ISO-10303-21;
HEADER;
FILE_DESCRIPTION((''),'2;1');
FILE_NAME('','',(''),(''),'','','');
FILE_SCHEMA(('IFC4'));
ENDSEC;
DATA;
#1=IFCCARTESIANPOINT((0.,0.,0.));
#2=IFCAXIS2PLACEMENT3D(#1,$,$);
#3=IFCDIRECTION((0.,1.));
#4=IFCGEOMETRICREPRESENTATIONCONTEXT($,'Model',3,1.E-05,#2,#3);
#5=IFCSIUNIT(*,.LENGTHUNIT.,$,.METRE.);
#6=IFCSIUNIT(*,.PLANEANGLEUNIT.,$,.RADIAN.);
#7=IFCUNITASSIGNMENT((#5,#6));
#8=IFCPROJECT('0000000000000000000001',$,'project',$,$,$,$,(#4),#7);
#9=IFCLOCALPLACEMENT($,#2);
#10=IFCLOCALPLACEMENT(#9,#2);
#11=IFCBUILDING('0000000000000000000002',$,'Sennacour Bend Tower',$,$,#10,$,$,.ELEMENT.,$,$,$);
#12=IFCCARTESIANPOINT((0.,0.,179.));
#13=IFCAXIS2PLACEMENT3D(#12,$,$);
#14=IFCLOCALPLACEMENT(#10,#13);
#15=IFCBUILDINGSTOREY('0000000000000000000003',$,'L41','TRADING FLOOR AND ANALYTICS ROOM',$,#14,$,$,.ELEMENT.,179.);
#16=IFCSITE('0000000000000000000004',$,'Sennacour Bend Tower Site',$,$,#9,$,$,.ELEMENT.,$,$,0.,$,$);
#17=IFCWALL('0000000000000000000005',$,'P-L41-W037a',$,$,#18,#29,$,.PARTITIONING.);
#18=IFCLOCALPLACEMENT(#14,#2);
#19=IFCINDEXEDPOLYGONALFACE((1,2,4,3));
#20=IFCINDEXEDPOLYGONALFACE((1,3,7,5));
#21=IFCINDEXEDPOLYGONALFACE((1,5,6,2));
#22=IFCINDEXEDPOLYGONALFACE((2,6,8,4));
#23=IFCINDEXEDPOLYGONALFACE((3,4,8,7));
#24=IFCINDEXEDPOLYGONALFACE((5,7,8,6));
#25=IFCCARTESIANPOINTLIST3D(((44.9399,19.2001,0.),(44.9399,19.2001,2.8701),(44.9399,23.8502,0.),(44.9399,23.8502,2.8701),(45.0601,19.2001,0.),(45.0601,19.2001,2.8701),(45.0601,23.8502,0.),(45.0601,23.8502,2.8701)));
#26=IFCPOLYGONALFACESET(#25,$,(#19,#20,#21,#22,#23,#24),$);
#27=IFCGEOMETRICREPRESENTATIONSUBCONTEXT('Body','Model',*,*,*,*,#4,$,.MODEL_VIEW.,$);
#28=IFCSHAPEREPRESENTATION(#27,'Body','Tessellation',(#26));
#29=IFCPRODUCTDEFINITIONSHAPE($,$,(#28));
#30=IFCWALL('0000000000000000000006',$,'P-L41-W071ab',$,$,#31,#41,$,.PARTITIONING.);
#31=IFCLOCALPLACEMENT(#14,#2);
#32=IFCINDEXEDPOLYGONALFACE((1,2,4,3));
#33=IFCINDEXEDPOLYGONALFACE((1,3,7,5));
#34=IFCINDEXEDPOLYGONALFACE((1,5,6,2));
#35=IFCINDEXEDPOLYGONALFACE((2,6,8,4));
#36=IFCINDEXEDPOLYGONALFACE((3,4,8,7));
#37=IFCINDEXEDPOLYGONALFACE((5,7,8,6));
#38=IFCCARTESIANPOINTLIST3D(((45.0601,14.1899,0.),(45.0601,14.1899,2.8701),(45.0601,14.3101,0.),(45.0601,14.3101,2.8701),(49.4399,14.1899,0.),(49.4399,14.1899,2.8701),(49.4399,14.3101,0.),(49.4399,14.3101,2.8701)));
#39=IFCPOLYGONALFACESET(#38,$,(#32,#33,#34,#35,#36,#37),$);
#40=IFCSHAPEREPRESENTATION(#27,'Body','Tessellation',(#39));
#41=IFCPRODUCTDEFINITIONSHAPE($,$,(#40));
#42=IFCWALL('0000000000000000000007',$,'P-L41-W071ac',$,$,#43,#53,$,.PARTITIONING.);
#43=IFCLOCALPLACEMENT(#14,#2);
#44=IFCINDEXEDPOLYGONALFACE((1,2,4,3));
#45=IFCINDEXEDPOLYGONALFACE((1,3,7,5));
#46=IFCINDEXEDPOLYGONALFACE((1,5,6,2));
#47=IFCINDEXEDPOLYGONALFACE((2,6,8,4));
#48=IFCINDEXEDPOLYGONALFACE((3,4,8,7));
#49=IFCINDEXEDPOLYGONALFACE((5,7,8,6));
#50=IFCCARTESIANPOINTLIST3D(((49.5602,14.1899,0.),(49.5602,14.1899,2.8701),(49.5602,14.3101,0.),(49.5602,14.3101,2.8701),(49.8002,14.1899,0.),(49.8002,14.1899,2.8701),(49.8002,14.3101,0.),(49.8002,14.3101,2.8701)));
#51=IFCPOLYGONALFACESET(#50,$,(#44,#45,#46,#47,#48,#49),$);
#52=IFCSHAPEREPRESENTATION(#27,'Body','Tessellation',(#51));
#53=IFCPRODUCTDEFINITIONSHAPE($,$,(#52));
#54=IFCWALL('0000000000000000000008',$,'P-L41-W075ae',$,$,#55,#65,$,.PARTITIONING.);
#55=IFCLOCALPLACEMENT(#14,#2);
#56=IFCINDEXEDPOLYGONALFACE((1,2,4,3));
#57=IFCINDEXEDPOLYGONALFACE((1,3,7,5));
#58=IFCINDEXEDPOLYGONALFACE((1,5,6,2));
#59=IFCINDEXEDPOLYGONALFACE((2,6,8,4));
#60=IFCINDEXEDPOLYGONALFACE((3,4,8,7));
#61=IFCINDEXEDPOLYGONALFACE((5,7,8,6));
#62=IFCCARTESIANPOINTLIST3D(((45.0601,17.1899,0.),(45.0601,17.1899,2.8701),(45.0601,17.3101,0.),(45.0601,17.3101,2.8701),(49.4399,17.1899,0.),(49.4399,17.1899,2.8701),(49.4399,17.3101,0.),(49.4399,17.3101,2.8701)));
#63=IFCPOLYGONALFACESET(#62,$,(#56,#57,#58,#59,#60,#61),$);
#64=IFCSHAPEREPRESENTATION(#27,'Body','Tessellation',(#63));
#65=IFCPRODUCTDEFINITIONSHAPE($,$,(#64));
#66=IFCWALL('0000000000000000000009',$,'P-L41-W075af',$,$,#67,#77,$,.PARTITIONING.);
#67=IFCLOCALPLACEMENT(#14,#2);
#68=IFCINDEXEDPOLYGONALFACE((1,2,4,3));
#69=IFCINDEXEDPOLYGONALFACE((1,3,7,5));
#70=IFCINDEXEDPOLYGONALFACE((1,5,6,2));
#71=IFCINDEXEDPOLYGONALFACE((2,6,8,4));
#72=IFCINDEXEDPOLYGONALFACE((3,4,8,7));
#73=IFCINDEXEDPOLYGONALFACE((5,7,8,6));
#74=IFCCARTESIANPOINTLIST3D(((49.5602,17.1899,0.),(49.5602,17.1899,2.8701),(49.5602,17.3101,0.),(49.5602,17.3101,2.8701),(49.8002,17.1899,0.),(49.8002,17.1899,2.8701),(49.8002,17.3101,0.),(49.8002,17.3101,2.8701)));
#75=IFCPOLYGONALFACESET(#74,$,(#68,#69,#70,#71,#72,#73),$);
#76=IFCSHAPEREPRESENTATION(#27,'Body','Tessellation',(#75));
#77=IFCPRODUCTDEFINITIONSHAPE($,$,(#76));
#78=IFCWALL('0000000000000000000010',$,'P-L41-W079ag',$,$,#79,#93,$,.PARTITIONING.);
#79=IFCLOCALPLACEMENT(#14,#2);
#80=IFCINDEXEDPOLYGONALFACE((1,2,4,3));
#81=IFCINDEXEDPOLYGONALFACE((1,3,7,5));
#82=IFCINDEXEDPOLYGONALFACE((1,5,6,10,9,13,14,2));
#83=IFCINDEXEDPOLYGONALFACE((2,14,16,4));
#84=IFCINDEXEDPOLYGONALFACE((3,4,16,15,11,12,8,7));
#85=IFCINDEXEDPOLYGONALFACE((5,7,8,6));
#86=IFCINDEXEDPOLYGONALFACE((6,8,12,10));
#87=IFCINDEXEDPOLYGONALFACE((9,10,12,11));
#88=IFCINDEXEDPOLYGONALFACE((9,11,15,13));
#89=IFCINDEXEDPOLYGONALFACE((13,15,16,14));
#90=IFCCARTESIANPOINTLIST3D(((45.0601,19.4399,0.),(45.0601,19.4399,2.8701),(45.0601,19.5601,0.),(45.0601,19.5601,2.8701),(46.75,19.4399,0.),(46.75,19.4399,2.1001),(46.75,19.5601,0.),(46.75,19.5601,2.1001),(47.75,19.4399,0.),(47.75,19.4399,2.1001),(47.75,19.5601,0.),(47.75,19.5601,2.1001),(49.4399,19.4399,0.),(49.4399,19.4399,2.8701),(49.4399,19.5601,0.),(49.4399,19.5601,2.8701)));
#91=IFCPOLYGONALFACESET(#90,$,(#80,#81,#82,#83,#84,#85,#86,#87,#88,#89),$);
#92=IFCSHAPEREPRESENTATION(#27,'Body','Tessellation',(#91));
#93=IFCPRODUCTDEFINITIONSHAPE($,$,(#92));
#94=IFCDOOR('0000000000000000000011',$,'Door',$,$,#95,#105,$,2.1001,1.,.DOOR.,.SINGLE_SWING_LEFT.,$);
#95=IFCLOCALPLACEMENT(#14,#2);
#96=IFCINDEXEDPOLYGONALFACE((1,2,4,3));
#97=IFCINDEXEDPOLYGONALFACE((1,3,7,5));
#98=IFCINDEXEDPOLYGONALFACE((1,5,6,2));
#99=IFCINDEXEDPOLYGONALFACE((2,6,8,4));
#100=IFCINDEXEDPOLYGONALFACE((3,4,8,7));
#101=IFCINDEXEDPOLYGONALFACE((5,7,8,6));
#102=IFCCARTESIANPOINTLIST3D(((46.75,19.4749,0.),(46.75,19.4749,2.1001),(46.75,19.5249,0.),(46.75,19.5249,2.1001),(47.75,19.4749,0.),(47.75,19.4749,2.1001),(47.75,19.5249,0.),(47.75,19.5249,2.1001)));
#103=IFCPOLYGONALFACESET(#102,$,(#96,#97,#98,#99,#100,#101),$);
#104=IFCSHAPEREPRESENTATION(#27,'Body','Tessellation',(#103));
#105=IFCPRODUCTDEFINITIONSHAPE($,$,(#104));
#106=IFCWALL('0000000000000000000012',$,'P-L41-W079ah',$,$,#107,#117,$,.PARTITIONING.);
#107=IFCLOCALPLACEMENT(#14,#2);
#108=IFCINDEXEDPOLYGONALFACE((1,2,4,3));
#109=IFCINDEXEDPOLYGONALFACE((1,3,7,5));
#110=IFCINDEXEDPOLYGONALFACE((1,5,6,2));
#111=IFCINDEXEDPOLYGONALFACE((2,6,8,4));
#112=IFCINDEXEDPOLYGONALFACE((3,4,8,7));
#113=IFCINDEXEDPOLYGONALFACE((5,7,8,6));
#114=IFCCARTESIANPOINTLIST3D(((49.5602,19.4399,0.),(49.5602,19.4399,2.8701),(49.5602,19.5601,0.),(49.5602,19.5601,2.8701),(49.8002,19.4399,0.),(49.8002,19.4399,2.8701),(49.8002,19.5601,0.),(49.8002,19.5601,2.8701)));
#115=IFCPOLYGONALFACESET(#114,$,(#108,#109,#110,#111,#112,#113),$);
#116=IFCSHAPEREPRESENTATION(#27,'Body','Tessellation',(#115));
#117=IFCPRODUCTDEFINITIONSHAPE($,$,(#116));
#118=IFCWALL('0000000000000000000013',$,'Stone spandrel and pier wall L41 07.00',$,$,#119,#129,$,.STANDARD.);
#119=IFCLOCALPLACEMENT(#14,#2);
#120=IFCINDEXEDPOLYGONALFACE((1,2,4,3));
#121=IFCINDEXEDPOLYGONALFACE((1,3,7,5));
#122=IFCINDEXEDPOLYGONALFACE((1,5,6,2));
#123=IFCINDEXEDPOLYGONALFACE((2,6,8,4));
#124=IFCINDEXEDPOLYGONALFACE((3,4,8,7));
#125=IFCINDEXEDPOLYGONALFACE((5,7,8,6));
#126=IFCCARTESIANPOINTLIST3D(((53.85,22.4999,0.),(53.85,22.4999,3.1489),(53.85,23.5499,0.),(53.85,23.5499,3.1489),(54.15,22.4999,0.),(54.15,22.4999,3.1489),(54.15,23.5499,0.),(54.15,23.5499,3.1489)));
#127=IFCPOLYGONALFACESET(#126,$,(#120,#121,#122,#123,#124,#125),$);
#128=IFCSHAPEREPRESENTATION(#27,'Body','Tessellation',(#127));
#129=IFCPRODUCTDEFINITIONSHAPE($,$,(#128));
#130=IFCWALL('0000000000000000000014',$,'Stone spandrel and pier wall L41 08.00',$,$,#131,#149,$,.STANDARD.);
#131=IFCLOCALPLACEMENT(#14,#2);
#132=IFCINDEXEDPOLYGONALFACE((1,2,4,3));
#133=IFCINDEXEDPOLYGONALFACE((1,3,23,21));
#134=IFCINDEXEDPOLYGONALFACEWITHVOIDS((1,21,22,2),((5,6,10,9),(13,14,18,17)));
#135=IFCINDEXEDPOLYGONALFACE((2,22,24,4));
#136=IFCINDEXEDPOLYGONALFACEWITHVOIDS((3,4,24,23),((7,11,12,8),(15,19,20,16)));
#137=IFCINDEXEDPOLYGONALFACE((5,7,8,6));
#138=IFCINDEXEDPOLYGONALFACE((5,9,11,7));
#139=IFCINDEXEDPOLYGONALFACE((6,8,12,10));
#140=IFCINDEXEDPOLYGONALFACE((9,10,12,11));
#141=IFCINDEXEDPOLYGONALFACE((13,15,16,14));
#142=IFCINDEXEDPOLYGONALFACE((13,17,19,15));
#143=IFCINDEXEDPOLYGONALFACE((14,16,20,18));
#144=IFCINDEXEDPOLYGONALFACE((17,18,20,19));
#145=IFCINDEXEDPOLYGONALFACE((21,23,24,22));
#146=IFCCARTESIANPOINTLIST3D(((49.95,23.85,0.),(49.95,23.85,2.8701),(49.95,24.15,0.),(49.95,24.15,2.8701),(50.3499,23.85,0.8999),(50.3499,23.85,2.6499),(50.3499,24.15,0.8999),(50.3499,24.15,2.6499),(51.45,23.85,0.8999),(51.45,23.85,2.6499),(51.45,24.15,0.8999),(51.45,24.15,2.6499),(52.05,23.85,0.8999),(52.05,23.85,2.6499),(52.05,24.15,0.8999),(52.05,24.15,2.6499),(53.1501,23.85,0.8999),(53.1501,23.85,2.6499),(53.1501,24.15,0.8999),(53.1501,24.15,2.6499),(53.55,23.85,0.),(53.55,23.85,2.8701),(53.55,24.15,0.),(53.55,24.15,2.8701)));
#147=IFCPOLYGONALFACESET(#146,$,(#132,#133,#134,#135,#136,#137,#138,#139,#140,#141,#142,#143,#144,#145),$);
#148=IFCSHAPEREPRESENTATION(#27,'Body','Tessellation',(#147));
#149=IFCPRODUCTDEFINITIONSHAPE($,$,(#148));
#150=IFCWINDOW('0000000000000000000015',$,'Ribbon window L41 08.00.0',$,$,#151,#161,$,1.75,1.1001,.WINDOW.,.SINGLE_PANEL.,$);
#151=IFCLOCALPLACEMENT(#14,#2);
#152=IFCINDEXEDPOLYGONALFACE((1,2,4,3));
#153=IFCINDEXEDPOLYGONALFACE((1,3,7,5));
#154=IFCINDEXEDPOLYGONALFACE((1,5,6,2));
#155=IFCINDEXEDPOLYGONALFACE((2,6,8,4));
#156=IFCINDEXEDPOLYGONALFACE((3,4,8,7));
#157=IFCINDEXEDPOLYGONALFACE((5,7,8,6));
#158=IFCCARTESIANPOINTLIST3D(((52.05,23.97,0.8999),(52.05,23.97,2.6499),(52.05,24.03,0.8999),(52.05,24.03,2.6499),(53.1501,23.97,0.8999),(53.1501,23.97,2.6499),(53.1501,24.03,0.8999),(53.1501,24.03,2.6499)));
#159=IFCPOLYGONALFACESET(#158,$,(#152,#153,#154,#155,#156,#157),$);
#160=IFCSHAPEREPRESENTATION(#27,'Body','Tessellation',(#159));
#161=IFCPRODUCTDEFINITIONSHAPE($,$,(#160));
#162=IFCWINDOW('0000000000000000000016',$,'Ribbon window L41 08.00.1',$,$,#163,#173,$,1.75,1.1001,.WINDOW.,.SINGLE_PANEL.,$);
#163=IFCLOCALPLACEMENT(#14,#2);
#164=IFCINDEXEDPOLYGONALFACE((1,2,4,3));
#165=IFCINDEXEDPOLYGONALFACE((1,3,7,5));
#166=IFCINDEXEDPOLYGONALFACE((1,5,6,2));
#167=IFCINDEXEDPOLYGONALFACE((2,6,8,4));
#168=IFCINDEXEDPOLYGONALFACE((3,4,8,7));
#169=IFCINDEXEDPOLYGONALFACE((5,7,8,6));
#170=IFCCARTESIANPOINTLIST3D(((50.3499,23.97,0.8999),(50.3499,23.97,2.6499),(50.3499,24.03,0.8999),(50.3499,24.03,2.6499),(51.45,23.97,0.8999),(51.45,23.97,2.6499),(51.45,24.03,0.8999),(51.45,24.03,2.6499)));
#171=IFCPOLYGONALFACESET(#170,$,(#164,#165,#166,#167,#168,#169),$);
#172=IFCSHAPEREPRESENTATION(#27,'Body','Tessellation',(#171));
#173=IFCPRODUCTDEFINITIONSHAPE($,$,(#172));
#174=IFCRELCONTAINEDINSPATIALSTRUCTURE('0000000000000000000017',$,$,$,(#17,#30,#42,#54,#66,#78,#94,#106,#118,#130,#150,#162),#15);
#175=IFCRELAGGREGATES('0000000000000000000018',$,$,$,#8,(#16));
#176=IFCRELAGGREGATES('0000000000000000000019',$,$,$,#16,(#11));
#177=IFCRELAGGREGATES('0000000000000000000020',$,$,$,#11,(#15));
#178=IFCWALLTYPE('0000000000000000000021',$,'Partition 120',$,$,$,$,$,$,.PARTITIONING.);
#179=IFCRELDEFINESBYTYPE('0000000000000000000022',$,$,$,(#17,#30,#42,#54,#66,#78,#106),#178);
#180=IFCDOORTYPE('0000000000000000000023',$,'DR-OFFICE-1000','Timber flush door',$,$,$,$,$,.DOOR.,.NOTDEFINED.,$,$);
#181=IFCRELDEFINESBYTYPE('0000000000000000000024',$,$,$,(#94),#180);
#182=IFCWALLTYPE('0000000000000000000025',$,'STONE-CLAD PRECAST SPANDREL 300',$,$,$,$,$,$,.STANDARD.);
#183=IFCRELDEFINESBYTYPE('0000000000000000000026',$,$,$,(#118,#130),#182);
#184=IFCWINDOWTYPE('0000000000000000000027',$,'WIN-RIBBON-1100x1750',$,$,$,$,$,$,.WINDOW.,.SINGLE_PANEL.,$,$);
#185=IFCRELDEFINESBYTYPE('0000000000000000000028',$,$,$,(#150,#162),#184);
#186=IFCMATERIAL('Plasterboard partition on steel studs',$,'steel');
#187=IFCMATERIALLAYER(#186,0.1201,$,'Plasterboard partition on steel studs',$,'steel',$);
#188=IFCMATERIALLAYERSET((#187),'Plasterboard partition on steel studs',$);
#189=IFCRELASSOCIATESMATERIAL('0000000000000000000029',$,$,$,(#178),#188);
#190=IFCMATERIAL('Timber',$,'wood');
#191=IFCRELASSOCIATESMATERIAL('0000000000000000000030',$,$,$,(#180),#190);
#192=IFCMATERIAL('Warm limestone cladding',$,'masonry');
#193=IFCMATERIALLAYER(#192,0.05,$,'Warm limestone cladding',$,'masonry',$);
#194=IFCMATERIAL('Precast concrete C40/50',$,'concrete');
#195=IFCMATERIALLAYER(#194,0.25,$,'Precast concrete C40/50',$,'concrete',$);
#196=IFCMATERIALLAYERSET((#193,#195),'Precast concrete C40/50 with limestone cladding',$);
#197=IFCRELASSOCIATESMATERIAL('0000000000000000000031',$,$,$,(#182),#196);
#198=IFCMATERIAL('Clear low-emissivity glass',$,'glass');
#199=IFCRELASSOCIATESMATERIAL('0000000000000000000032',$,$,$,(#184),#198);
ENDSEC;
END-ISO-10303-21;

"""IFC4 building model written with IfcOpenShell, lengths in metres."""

from ifc_helpers import new_model, si_unit, direction, frame, frame_2d, origin, place, context, subcontext, project, spatial, rectangle, extrude, material, layer, layer_set, type_object, element, fill, save


model = new_model("IFC4")

# Units and contexts
model_context = context("Model", 3, precision=1e-05, world=origin(), true_north=direction((0.0, 1.0)))
body_context = subcontext(model_context, "Body", "Model", "MODEL_VIEW")
ifc_project = project(units=[si_unit("LENGTHUNIT", "METRE"), si_unit("PLANEANGLEUNIT", "RADIAN")], contexts=[model_context])

# Site, building, storey
site_placement = place(None, origin())
site = spatial("IfcSite", under=ifc_project, at=site_placement, Name="Sennacour Bend Tower Site", CompositionType="ELEMENT", RefElevation=0.0)
building_placement = place(site_placement, origin())
building = spatial("IfcBuilding", under=site, at=building_placement, Name="Sennacour Bend Tower", CompositionType="ELEMENT")
storey_placement = place(building_placement, frame((0.0, 0.0, 179.0)))
storey = spatial("IfcBuildingStorey", under=building, at=storey_placement, Name="L41", Description="TRADING FLOOR AND ANALYTICS ROOM", CompositionType="ELEMENT", Elevation=179.0)

# Walls
ifc_material_1 = material(Name="Plasterboard partition on steel studs", Category="steel")
ifc_layer_1 = layer(ifc_material_1, 0.1201, Name="Plasterboard partition on steel studs", Category="steel")
ifc_layer_set_1 = layer_set([ifc_layer_1], Name="Plasterboard partition on steel studs")
wall_type_1 = type_object("IfcWallType", Name="Partition 120", PredefinedType="PARTITIONING", material=ifc_layer_set_1)
wall_1_placement = place(storey_placement, frame((45.0, 19.2, 0.0), z_axis=(0.0, 0.0, 1.0), x_axis=(0.0, 1.0, 0.0)))
element("IfcWall", 1, at=wall_1_placement, inside=storey, type_object=wall_type_1, Name="P-L41-W037a", PredefinedType="PARTITIONING", context=body_context, shape_type="SweptSolid", body=[
    extrude(rectangle(XDim=4.6501, YDim=0.1201, at=frame_2d((2.3252, 0.0))), origin(), (0.0, 0.0, 1.0), 2.8701),
])
wall_2_placement = place(storey_placement, frame((45.0601, 14.25, 0.0), z_axis=(0.0, 0.0, 1.0), x_axis=(1.0, 0.0, 0.0)))
element("IfcWall", 2, at=wall_2_placement, inside=storey, type_object=wall_type_1, Name="P-L41-W071ab", PredefinedType="PARTITIONING", context=body_context, shape_type="SweptSolid", body=[
    extrude(rectangle(XDim=4.3799, YDim=0.1201, at=frame_2d((2.1899, 0.0))), origin(), (0.0, 0.0, 1.0), 2.8701),
])
wall_3_placement = place(storey_placement, frame((49.5601, 14.25, 0.0), z_axis=(0.0, 0.0, 1.0), x_axis=(1.0, 0.0, 0.0)))
element("IfcWall", 3, at=wall_3_placement, inside=storey, type_object=wall_type_1, Name="P-L41-W071ac", PredefinedType="PARTITIONING", context=body_context, shape_type="SweptSolid", body=[
    extrude(rectangle(XDim=0.24, YDim=0.1201, at=frame_2d((0.1201, 0.0))), origin(), (0.0, 0.0, 1.0), 2.8701),
])
wall_4_placement = place(storey_placement, frame((45.0601, 17.25, 0.0), z_axis=(0.0, 0.0, 1.0), x_axis=(1.0, 0.0, 0.0)))
element("IfcWall", 4, at=wall_4_placement, inside=storey, type_object=wall_type_1, Name="P-L41-W075ae", PredefinedType="PARTITIONING", context=body_context, shape_type="SweptSolid", body=[
    extrude(rectangle(XDim=4.3799, YDim=0.1201, at=frame_2d((2.1899, 0.0))), origin(), (0.0, 0.0, 1.0), 2.8701),
])
wall_5_placement = place(storey_placement, frame((49.5601, 17.25, 0.0), z_axis=(0.0, 0.0, 1.0), x_axis=(1.0, 0.0, 0.0)))
element("IfcWall", 5, at=wall_5_placement, inside=storey, type_object=wall_type_1, Name="P-L41-W075af", PredefinedType="PARTITIONING", context=body_context, shape_type="SweptSolid", body=[
    extrude(rectangle(XDim=0.24, YDim=0.1201, at=frame_2d((0.1201, 0.0))), origin(), (0.0, 0.0, 1.0), 2.8701),
])

# Wall, opening, door
wall_6_placement = place(storey_placement, frame((45.0601, 19.5, 0.0), z_axis=(0.0, 0.0, 1.0), x_axis=(1.0, 0.0, 0.0)))
wall_6 = element("IfcWall", 6, at=wall_6_placement, inside=storey, type_object=wall_type_1, Name="P-L41-W079ag", PredefinedType="PARTITIONING", context=body_context, shape_type="SweptSolid", body=[
    extrude(rectangle(XDim=4.3799, YDim=0.1201, at=frame_2d((2.1899, 0.0))), origin(), (0.0, 0.0, 1.0), 2.8701),
])
opening_1_placement = place(wall_6_placement, frame((1.6899, 0.0, 0.0)))
opening_1 = element("IfcOpeningElement", 7, at=opening_1_placement, cuts=wall_6, PredefinedType="OPENING", context=body_context, shape_type="SweptSolid", body=[
    extrude(rectangle(XDim=1.0, YDim=2.1001, at=frame_2d((0.5, 1.05))), frame((0.0, 0.0701, 0.0), z_axis=(0.0, -1.0, 0.0), x_axis=(1.0, 0.0, 0.0)), (0.0, 0.0, 1.0), 0.1401),
])
ifc_material_2 = material(Name="Timber", Category="wood")
door_type_1 = type_object("IfcDoorType", Name="DR-OFFICE-1000", Description="Timber flush door", OperationType="NOTDEFINED", PredefinedType="DOOR", material=ifc_material_2)
door_1_placement = place(opening_1_placement, origin())
door_1 = element("IfcDoor", 8, at=door_1_placement, inside=storey, type_object=door_type_1, Name="Door", OperationType="SINGLE_SWING_LEFT", OverallHeight=2.1001, OverallWidth=1.0, PredefinedType="DOOR", context=body_context, shape_type="SweptSolid", body=[
    extrude(rectangle(XDim=1.0, YDim=2.1001, at=frame_2d((0.5, 1.05))), frame((0.0, 0.0249, 0.0), z_axis=(0.0, -1.0, 0.0), x_axis=(1.0, 0.0, 0.0)), (0.0, 0.0, 1.0), 0.05),
])
fill(opening_1, door_1)

# Walls
wall_7_placement = place(storey_placement, frame((49.5601, 19.5, 0.0), z_axis=(0.0, 0.0, 1.0), x_axis=(1.0, 0.0, 0.0)))
element("IfcWall", 9, at=wall_7_placement, inside=storey, type_object=wall_type_1, Name="P-L41-W079ah", PredefinedType="PARTITIONING", context=body_context, shape_type="SweptSolid", body=[
    extrude(rectangle(XDim=0.24, YDim=0.1201, at=frame_2d((0.1201, 0.0))), origin(), (0.0, 0.0, 1.0), 2.8701),
])
ifc_material_3 = material(Name="Warm limestone cladding", Category="masonry")
ifc_layer_2 = layer(ifc_material_3, 0.05, Name="Warm limestone cladding", Category="masonry")
ifc_material_4 = material(Name="Precast concrete C40/50", Category="concrete")
ifc_layer_3 = layer(ifc_material_4, 0.25, Name="Precast concrete C40/50", Category="concrete")
ifc_layer_set_2 = layer_set([ifc_layer_2, ifc_layer_3], Name="Precast concrete C40/50 with limestone cladding")
wall_type_2 = type_object("IfcWallType", Name="STONE-CLAD PRECAST SPANDREL 300", PredefinedType="STANDARD", material=ifc_layer_set_2)
wall_8_placement = place(storey_placement, frame((54.0, 22.5, 0.0), z_axis=(0.0, 0.0, 1.0), x_axis=(0.0, 1.0, 0.0)))
element("IfcWall", 10, at=wall_8_placement, inside=storey, type_object=wall_type_2, Name="Stone spandrel and pier wall L41 07.00", PredefinedType="STANDARD", context=body_context, shape_type="SweptSolid", body=[
    extrude(rectangle(XDim=1.05, YDim=0.3, at=frame_2d((0.5249, 0.0))), origin(), (0.0, 0.0, 1.0), 3.1489),
])

# Wall, openings, windows
wall_9_placement = place(storey_placement, frame((53.55, 24.0, 0.0), z_axis=(0.0, 0.0, 1.0), x_axis=(-1.0, 0.0, 0.0)))
wall_9 = element("IfcWall", 11, at=wall_9_placement, inside=storey, type_object=wall_type_2, Name="Stone spandrel and pier wall L41 08.00", PredefinedType="STANDARD", context=body_context, shape_type="SweptSolid", body=[
    extrude(rectangle(XDim=3.6001, YDim=0.3, at=frame_2d((1.8, 0.0))), origin(), (0.0, 0.0, 1.0), 2.8701),
])
opening_2_placement = place(wall_9_placement, frame((0.3999, 0.0, 0.8999)))
opening_2 = element("IfcOpeningElement", 12, at=opening_2_placement, cuts=wall_9, PredefinedType="OPENING", context=body_context, shape_type="SweptSolid", body=[
    extrude(rectangle(XDim=1.1001, YDim=1.75, at=frame_2d((0.55, 0.875))), frame((0.0, 0.1602, 0.0), z_axis=(0.0, -1.0, 0.0), x_axis=(1.0, 0.0, 0.0)), (0.0, 0.0, 1.0), 0.3201),
])
opening_3_placement = place(wall_9_placement, frame((2.1001, 0.0, 0.8999)))
opening_3 = element("IfcOpeningElement", 13, at=opening_3_placement, cuts=wall_9, PredefinedType="OPENING", context=body_context, shape_type="SweptSolid", body=[
    extrude(rectangle(XDim=1.1001, YDim=1.75, at=frame_2d((0.55, 0.875))), frame((0.0, 0.1602, 0.0), z_axis=(0.0, -1.0, 0.0), x_axis=(1.0, 0.0, 0.0)), (0.0, 0.0, 1.0), 0.3201),
])
ifc_material_5 = material(Name="Clear low-emissivity glass", Category="glass")
window_type = type_object("IfcWindowType", Name="WIN-RIBBON-1100x1750", PartitioningType="SINGLE_PANEL", PredefinedType="WINDOW", material=ifc_material_5)
window_1_placement = place(opening_2_placement, origin())
window_1 = element("IfcWindow", 14, at=window_1_placement, inside=storey, type_object=window_type, Name="Ribbon window L41 08.00.0", OverallHeight=1.75, OverallWidth=1.1001, PartitioningType="SINGLE_PANEL", PredefinedType="WINDOW", context=body_context, shape_type="SweptSolid", body=[
    extrude(rectangle(XDim=1.1001, YDim=1.75, at=frame_2d((0.55, 0.875))), frame((0.0, 0.03, 0.0), z_axis=(0.0, -1.0, 0.0), x_axis=(1.0, 0.0, 0.0)), (0.0, 0.0, 1.0), 0.0601),
])
fill(opening_2, window_1)
window_2_placement = place(opening_3_placement, origin())
window_2 = element("IfcWindow", 15, at=window_2_placement, inside=storey, type_object=window_type, Name="Ribbon window L41 08.00.1", OverallHeight=1.75, OverallWidth=1.1001, PartitioningType="SINGLE_PANEL", PredefinedType="WINDOW", context=body_context, shape_type="SweptSolid", body=[
    extrude(rectangle(XDim=1.1001, YDim=1.75, at=frame_2d((0.55, 0.875))), frame((0.0, 0.03, 0.0), z_axis=(0.0, -1.0, 0.0), x_axis=(1.0, 0.0, 0.0)), (0.0, 0.0, 1.0), 0.0601),
])
fill(opening_3, window_2)

save(model, "model.ifc")
